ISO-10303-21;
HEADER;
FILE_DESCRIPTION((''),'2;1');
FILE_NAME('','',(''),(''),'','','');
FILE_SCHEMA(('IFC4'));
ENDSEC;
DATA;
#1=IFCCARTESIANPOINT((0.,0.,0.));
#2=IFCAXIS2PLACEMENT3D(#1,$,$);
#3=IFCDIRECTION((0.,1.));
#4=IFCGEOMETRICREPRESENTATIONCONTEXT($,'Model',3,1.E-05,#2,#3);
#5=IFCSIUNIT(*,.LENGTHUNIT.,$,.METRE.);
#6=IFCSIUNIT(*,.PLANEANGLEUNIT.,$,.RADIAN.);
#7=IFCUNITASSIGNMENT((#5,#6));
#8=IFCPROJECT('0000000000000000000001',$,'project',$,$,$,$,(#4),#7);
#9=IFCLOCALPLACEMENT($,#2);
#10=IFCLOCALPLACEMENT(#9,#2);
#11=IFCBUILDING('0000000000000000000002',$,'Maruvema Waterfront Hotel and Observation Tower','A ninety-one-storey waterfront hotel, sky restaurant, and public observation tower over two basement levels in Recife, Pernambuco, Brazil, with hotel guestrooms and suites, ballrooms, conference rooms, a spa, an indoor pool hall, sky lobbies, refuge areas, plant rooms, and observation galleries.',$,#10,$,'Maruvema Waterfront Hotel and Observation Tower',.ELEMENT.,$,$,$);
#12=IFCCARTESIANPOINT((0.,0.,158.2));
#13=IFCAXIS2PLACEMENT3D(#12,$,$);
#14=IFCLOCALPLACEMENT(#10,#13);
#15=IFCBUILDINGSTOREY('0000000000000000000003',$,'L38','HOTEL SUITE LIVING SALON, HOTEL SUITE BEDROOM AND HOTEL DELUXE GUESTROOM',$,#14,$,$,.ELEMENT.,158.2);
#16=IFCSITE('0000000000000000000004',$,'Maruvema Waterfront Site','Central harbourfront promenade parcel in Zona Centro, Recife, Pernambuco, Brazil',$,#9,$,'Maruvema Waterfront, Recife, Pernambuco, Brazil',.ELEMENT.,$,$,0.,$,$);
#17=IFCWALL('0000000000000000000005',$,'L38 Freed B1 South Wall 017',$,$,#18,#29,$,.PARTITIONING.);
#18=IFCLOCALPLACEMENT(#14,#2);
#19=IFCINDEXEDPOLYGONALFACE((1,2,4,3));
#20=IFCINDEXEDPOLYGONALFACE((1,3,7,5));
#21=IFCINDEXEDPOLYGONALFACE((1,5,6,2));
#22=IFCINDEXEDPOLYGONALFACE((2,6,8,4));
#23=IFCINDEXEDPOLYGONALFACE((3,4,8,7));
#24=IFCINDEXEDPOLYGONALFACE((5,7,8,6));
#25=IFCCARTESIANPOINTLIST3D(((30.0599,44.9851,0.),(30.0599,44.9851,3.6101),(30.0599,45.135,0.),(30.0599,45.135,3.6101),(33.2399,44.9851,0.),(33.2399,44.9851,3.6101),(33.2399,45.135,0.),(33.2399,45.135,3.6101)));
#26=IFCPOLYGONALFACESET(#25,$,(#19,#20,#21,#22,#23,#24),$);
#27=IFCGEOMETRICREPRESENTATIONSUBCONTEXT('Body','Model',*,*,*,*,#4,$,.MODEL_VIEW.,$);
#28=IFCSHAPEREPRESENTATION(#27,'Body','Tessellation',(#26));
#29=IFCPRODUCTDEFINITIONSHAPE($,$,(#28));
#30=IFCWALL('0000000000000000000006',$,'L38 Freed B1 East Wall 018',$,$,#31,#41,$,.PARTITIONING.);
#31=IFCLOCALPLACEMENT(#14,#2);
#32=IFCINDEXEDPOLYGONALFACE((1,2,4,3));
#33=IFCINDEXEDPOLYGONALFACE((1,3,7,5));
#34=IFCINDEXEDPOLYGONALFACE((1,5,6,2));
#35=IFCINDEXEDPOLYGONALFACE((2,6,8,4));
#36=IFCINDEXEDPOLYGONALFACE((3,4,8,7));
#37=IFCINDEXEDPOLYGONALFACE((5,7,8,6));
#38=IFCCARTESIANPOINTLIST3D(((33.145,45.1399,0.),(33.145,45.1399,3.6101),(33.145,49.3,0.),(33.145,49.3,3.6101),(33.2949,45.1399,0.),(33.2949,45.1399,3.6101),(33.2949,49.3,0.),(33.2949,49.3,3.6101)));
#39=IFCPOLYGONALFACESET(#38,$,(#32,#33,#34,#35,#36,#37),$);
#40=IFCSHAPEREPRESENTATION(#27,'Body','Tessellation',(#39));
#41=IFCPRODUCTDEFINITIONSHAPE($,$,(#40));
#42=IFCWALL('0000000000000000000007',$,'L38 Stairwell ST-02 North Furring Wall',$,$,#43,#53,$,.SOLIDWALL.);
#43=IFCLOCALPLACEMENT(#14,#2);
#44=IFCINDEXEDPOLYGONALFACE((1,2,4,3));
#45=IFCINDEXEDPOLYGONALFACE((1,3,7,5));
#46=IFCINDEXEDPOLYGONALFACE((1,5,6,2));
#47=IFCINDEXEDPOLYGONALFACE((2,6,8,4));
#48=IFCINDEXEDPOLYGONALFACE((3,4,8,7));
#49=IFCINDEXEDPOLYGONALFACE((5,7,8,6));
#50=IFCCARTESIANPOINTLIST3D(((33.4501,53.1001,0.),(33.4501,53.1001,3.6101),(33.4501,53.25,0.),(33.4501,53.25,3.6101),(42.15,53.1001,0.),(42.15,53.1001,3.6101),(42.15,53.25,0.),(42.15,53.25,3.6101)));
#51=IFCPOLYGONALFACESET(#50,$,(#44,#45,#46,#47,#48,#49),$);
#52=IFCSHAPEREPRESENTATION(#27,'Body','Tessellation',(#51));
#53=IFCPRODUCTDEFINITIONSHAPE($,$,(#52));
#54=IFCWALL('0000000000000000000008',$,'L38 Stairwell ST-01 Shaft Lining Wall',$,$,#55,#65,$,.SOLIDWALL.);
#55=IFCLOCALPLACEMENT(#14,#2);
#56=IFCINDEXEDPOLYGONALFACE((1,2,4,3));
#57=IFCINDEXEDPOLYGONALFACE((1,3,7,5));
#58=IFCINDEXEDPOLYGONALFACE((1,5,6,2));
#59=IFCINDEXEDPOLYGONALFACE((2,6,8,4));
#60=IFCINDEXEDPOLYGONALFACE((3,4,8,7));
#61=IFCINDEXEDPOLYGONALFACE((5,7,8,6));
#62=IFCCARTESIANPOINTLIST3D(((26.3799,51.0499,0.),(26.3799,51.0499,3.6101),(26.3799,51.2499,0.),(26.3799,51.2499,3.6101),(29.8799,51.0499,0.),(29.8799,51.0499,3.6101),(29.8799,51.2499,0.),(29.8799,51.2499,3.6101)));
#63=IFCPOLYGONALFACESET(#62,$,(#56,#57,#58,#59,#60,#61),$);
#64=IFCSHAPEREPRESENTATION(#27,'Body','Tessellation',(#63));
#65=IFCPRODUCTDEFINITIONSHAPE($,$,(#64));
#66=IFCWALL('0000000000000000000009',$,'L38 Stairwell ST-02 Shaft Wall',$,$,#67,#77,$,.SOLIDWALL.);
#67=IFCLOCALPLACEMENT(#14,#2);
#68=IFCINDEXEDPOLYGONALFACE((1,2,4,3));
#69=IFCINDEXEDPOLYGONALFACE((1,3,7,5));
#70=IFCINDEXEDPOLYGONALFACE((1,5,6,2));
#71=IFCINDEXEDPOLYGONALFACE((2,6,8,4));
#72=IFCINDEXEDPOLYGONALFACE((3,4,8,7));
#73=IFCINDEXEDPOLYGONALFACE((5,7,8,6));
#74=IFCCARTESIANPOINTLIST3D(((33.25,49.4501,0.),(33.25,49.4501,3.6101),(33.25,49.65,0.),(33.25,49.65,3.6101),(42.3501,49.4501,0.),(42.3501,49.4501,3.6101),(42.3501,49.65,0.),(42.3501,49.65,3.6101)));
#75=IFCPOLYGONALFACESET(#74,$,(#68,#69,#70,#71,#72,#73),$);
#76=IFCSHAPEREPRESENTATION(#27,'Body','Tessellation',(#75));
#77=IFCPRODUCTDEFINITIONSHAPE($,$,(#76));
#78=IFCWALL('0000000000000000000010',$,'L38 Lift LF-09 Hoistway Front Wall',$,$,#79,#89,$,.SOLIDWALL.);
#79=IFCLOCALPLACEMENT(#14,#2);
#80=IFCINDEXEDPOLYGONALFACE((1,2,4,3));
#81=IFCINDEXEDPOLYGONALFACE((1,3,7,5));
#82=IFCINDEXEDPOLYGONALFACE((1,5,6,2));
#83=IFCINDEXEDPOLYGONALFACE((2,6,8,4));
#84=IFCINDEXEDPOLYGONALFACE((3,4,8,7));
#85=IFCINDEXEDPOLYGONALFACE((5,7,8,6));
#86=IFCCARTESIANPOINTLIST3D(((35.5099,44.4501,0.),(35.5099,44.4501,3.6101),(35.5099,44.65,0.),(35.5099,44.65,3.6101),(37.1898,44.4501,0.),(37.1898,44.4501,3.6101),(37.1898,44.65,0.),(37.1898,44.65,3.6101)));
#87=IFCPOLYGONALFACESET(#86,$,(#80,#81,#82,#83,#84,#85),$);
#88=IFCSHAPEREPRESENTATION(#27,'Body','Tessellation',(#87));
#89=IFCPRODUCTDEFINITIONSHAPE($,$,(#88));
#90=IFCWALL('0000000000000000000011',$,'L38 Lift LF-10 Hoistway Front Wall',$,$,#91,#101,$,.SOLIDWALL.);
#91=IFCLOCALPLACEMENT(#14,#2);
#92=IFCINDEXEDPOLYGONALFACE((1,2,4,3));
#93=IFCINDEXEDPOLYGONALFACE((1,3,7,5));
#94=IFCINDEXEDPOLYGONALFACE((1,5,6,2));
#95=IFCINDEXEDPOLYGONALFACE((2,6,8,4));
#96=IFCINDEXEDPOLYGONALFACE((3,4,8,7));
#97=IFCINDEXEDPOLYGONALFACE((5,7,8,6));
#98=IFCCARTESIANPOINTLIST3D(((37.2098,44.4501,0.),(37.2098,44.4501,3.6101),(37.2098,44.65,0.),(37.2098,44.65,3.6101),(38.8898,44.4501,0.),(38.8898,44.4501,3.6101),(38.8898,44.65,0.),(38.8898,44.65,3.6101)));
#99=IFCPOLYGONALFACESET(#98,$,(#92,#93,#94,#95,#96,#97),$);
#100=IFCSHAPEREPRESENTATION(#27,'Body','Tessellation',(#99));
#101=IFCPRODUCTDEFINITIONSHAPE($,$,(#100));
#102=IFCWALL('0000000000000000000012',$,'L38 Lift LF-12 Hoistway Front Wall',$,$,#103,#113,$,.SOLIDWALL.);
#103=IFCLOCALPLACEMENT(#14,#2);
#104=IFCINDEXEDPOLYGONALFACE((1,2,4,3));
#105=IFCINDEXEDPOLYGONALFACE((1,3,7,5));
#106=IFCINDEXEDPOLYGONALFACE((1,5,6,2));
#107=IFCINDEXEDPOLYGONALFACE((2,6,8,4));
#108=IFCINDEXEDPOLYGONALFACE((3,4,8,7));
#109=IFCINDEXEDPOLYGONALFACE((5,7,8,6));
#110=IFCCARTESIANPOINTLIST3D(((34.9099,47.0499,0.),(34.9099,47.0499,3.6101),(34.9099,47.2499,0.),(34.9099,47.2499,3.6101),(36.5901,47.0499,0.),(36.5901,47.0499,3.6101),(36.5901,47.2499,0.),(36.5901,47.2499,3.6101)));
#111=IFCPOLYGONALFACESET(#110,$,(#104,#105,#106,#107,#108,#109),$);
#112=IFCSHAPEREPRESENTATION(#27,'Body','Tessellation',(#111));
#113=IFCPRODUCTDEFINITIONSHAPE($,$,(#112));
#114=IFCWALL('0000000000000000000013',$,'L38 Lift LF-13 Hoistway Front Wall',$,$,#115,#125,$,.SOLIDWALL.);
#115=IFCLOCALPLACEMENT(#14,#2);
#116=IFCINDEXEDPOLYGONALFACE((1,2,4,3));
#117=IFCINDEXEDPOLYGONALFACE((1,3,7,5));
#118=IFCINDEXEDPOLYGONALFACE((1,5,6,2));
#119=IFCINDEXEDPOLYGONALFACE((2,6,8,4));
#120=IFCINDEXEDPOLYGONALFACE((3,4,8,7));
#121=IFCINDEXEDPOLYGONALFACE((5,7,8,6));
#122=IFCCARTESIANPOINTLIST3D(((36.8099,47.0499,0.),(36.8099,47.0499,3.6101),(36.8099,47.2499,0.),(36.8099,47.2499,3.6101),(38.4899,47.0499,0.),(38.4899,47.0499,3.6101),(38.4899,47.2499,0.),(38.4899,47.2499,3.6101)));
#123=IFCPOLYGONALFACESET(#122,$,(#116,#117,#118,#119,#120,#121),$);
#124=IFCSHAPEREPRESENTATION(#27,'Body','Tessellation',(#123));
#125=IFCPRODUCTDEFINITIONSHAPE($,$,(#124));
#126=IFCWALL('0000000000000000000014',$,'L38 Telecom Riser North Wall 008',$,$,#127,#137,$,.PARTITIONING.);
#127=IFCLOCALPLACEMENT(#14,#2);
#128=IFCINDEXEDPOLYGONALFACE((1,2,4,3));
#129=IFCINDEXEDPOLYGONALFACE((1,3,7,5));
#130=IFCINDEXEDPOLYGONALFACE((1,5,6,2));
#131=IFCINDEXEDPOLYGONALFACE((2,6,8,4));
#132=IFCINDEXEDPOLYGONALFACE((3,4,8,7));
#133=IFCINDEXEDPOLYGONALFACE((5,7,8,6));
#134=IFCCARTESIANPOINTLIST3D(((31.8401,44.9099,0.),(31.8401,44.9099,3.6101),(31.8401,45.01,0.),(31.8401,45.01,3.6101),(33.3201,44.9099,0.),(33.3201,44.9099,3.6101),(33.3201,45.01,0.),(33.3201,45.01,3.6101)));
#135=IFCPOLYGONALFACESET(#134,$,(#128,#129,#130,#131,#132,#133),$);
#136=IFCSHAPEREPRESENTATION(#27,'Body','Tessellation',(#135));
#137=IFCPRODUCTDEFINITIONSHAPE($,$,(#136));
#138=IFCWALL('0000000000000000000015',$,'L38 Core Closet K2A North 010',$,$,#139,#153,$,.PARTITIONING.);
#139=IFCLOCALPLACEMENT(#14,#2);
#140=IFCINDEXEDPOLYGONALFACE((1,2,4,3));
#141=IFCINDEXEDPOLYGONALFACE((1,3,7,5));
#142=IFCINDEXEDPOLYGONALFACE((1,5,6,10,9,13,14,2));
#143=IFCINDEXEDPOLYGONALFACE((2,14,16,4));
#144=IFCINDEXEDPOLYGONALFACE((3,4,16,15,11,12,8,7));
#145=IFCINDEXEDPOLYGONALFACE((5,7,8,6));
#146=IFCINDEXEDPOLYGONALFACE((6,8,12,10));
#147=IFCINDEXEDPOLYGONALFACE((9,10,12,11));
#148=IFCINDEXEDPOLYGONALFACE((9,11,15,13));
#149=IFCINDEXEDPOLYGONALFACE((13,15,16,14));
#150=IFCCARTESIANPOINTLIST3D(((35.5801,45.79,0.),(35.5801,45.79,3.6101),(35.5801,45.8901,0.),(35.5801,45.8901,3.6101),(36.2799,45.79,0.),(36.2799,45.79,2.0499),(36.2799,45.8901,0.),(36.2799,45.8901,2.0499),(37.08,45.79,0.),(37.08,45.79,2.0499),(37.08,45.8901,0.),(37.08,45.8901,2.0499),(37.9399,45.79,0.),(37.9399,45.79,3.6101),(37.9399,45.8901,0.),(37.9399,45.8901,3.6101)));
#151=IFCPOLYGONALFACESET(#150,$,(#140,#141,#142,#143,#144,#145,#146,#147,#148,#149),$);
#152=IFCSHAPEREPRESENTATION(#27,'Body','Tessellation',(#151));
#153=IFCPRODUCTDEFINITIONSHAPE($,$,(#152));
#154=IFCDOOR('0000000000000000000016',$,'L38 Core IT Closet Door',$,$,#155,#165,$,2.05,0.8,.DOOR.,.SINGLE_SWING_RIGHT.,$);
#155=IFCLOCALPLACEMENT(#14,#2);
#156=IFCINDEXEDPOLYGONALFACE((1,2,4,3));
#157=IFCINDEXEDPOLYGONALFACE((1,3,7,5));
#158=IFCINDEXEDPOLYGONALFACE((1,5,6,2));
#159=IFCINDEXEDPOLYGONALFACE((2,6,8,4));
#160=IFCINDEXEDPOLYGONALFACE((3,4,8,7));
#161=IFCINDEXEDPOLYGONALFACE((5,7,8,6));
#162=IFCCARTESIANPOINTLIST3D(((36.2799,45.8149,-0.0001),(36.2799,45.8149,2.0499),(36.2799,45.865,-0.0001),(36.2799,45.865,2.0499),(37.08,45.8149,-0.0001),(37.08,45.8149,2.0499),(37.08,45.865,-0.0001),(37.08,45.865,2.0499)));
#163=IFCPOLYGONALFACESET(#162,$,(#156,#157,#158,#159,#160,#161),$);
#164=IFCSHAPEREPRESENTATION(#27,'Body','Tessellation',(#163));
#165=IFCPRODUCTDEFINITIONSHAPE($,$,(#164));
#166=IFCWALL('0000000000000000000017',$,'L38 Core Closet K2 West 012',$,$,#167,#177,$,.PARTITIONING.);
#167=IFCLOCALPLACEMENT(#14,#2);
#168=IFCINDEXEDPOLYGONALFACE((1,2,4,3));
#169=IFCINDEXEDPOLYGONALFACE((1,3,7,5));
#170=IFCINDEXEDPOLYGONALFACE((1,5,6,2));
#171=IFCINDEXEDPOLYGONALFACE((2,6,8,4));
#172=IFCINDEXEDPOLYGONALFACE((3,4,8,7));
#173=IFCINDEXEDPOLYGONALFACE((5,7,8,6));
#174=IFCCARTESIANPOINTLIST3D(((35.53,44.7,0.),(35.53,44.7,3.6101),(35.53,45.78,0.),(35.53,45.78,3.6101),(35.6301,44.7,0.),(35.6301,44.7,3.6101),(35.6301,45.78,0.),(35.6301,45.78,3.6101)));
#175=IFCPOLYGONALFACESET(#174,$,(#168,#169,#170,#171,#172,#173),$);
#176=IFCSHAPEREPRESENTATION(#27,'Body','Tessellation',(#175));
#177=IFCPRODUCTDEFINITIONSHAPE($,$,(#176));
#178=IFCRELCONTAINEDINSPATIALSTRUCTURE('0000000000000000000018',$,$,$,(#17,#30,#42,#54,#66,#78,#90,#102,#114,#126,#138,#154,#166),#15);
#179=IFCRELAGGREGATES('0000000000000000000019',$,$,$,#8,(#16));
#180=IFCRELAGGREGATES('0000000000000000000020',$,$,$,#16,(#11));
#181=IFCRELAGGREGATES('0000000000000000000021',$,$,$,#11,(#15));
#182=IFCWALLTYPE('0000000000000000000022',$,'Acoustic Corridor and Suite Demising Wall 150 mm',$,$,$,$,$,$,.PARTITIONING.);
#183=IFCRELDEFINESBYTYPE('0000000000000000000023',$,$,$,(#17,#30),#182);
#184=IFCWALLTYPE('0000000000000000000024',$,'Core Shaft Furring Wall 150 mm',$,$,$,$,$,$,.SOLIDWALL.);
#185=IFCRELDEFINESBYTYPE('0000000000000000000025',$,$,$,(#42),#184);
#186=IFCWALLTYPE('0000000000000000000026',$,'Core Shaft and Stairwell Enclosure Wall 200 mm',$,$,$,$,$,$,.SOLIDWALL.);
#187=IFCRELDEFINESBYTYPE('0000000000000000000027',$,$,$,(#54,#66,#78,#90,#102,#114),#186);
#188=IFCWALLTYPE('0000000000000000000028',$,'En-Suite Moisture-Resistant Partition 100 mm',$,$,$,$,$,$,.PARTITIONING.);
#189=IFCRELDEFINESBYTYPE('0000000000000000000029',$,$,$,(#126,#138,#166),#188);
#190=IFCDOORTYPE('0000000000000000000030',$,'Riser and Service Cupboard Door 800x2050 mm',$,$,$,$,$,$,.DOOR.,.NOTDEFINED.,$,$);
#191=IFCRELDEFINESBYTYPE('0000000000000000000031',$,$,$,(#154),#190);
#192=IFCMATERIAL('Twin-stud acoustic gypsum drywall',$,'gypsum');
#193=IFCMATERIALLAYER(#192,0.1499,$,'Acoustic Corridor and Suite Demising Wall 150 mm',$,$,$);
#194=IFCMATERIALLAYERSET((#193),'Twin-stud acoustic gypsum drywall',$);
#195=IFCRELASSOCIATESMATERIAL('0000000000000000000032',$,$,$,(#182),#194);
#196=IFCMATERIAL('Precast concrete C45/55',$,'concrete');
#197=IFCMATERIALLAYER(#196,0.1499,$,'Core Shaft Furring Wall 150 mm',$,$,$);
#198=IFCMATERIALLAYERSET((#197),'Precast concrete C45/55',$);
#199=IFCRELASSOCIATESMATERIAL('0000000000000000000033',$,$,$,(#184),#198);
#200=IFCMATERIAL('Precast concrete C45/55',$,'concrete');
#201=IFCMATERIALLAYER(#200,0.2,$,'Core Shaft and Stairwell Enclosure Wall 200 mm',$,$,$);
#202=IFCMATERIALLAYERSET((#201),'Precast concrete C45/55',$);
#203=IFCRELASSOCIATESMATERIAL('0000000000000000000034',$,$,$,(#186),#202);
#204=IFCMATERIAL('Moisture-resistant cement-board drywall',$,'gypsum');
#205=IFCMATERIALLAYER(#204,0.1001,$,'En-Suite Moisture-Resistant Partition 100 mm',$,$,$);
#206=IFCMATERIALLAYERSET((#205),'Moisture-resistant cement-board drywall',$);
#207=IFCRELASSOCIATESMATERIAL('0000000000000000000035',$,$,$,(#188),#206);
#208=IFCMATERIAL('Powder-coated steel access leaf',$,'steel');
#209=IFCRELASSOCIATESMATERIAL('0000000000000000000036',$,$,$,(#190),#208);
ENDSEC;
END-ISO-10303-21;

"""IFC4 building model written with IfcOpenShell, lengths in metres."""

from ifc_helpers import new_model, si_unit, direction, frame, frame_2d, origin, place, context, subcontext, project, spatial, rectangle, extrude, material, layer, layer_set, type_object, element, fill, save


model = new_model("IFC4")

# Units and contexts
model_context = context("Model", 3, precision=1e-05, world=origin(), true_north=direction((0.0, 1.0)))
body_context = subcontext(model_context, "Body", "Model", "MODEL_VIEW")
ifc_project = project(units=[si_unit("LENGTHUNIT", "METRE"), si_unit("PLANEANGLEUNIT", "RADIAN")], contexts=[model_context])

# Site, building, storey
site_placement = place(None, origin())
site = spatial("IfcSite", under=ifc_project, at=site_placement, Name="Maruvema Waterfront Site", Description="Central harbourfront promenade parcel in Zona Centro, Recife, Pernambuco, Brazil", LongName="Maruvema Waterfront, Recife, Pernambuco, Brazil", CompositionType="ELEMENT", RefElevation=0.0)
building_placement = place(site_placement, origin())
building = spatial("IfcBuilding", under=site, at=building_placement, Name="Maruvema Waterfront Hotel and Observation Tower", Description="A ninety-one-storey waterfront hotel, sky restaurant, and public observation tower over two basement levels in Recife, Pernambuco, Brazil, with hotel guestrooms and suites, ballrooms, conference rooms, a spa, an indoor pool hall, sky lobbies, refuge areas, plant rooms, and observation galleries.", LongName="Maruvema Waterfront Hotel and Observation Tower", CompositionType="ELEMENT")
storey_placement = place(building_placement, frame((0.0, 0.0, 158.2)))
storey = spatial("IfcBuildingStorey", under=building, at=storey_placement, Name="L38", Description="HOTEL SUITE LIVING SALON, HOTEL SUITE BEDROOM AND HOTEL DELUXE GUESTROOM", CompositionType="ELEMENT", Elevation=158.2)

# Walls
ifc_material_1 = material(Name="Twin-stud acoustic gypsum drywall", Category="gypsum")
ifc_layer_1 = layer(ifc_material_1, 0.1499, Name="Acoustic Corridor and Suite Demising Wall 150 mm")
ifc_layer_set_1 = layer_set([ifc_layer_1], Name="Twin-stud acoustic gypsum drywall")
wall_type_1 = type_object("IfcWallType", Name="Acoustic Corridor and Suite Demising Wall 150 mm", PredefinedType="PARTITIONING", material=ifc_layer_set_1)
wall_1_placement = place(storey_placement, frame((30.0601, 45.0601, 0.0), z_axis=(0.0, 0.0, 1.0), x_axis=(1.0, 0.0, 0.0)))
element("IfcWall", 1, at=wall_1_placement, inside=storey, type_object=wall_type_1, Name="L38 Freed B1 South Wall 017", PredefinedType="PARTITIONING", context=body_context, shape_type="SweptSolid", body=[
    extrude(rectangle(XDim=3.1799, YDim=0.1499, at=frame_2d((1.5898, 0.0))), origin(), (0.0, 0.0, 1.0), 3.6101),
])
wall_2_placement = place(storey_placement, frame((33.22, 45.1399, 0.0), z_axis=(0.0, 0.0, 1.0), x_axis=(0.0, 1.0, 0.0)))
element("IfcWall", 2, at=wall_2_placement, inside=storey, type_object=wall_type_1, Name="L38 Freed B1 East Wall 018", PredefinedType="PARTITIONING", context=body_context, shape_type="SweptSolid", body=[
    extrude(rectangle(XDim=4.1602, YDim=0.1499, at=frame_2d((2.0801, 0.0))), origin(), (0.0, 0.0, 1.0), 3.6101),
])
ifc_material_2 = material(Name="Precast concrete C45/55", Category="concrete")
ifc_layer_2 = layer(ifc_material_2, 0.1499, Name="Core Shaft Furring Wall 150 mm")
ifc_layer_set_2 = layer_set([ifc_layer_2], Name="Precast concrete C45/55")
wall_type_2 = type_object("IfcWallType", Name="Core Shaft Furring Wall 150 mm", PredefinedType="SOLIDWALL", material=ifc_layer_set_2)
wall_3_placement = place(storey_placement, frame((33.45, 53.175, 0.0), z_axis=(0.0, 0.0, 1.0), x_axis=(1.0, 0.0, 0.0)))
element("IfcWall", 3, at=wall_3_placement, inside=storey, type_object=wall_type_2, Name="L38 Stairwell ST-02 North Furring Wall", PredefinedType="SOLIDWALL", context=body_context, shape_type="SweptSolid", body=[
    extrude(rectangle(XDim=8.7, YDim=0.1499, at=frame_2d((4.3501, 0.0))), origin(), (0.0, 0.0, 1.0), 3.6101),
])
ifc_material_3 = material(Name="Precast concrete C45/55", Category="concrete")
ifc_layer_3 = layer(ifc_material_3, 0.2, Name="Core Shaft and Stairwell Enclosure Wall 200 mm")
ifc_layer_set_3 = layer_set([ifc_layer_3], Name="Precast concrete C45/55")
wall_type_3 = type_object("IfcWallType", Name="Core Shaft and Stairwell Enclosure Wall 200 mm", PredefinedType="SOLIDWALL", material=ifc_layer_set_3)
wall_4_placement = place(storey_placement, frame((26.3799, 51.1499, 0.0), z_axis=(0.0, 0.0, 1.0), x_axis=(1.0, 0.0, 0.0)))
element("IfcWall", 4, at=wall_4_placement, inside=storey, type_object=wall_type_3, Name="L38 Stairwell ST-01 Shaft Lining Wall", PredefinedType="SOLIDWALL", context=body_context, shape_type="SweptSolid", body=[
    extrude(rectangle(XDim=3.5, YDim=0.2, at=frame_2d((1.75, 0.0))), origin(), (0.0, 0.0, 1.0), 3.6101),
])
wall_5_placement = place(storey_placement, frame((33.25, 49.55, 0.0), z_axis=(0.0, 0.0, 1.0), x_axis=(1.0, 0.0, 0.0)))
element("IfcWall", 5, at=wall_5_placement, inside=storey, type_object=wall_type_3, Name="L38 Stairwell ST-02 Shaft Wall", PredefinedType="SOLIDWALL", context=body_context, shape_type="SweptSolid", body=[
    extrude(rectangle(XDim=9.1001, YDim=0.2, at=frame_2d((4.55, 0.0))), origin(), (0.0, 0.0, 1.0), 3.6101),
])

# Walls
for number, where, z_axis, x_axis, name in (
    (6, (35.51, 44.55, 0.0), (0.0, 0.0, 1.0), (1.0, 0.0, 0.0), "L38 Lift LF-09 Hoistway Front Wall"),
    (7, (37.21, 44.55, 0.0), (0.0, 0.0, 1.0), (1.0, 0.0, 0.0), "L38 Lift LF-10 Hoistway Front Wall"),
):
    element("IfcWall", number, at=place(storey_placement, frame(where, z_axis=z_axis, x_axis=x_axis)), inside=storey, type_object=wall_type_3, Name=name, PredefinedType="SOLIDWALL", context=body_context, shape_type="SweptSolid", body=[
        extrude(rectangle(XDim=1.6799, YDim=0.2, at=frame_2d((0.8398, 0.0))), origin(), (0.0, 0.0, 1.0), 3.6101),
    ])
wall_6_placement = place(storey_placement, frame((34.9099, 47.1499, 0.0), z_axis=(0.0, 0.0, 1.0), x_axis=(1.0, 0.0, 0.0)))
element("IfcWall", 8, at=wall_6_placement, inside=storey, type_object=wall_type_3, Name="L38 Lift LF-12 Hoistway Front Wall", PredefinedType="SOLIDWALL", context=body_context, shape_type="SweptSolid", body=[
    extrude(rectangle(XDim=1.6802, YDim=0.2, at=frame_2d((0.8401, 0.0))), origin(), (0.0, 0.0, 1.0), 3.6101),
])
wall_7_placement = place(storey_placement, frame((36.8101, 47.1499, 0.0), z_axis=(0.0, 0.0, 1.0), x_axis=(1.0, 0.0, 0.0)))
element("IfcWall", 9, at=wall_7_placement, inside=storey, type_object=wall_type_3, Name="L38 Lift LF-13 Hoistway Front Wall", PredefinedType="SOLIDWALL", context=body_context, shape_type="SweptSolid", body=[
    extrude(rectangle(XDim=1.6799, YDim=0.2, at=frame_2d((0.8398, 0.0))), origin(), (0.0, 0.0, 1.0), 3.6101),
])
ifc_material_4 = material(Name="Moisture-resistant cement-board drywall", Category="gypsum")
ifc_layer_4 = layer(ifc_material_4, 0.1001, Name="En-Suite Moisture-Resistant Partition 100 mm")
ifc_layer_set_4 = layer_set([ifc_layer_4], Name="Moisture-resistant cement-board drywall")
wall_type_4 = type_object("IfcWallType", Name="En-Suite Moisture-Resistant Partition 100 mm", PredefinedType="PARTITIONING", material=ifc_layer_set_4)
wall_8_placement = place(storey_placement, frame((31.8401, 44.96, 0.0), z_axis=(0.0, 0.0, 1.0), x_axis=(1.0, 0.0, 0.0)))
element("IfcWall", 10, at=wall_8_placement, inside=storey, type_object=wall_type_4, Name="L38 Telecom Riser North Wall 008", PredefinedType="PARTITIONING", context=body_context, shape_type="SweptSolid", body=[
    extrude(rectangle(XDim=1.48, YDim=0.1001, at=frame_2d((0.74, 0.0))), origin(), (0.0, 0.0, 1.0), 3.6101),
])

# Wall, opening, door
wall_9_placement = place(storey_placement, frame((35.5801, 45.8401, 0.0), z_axis=(0.0, 0.0, 1.0), x_axis=(1.0, 0.0, 0.0)))
wall_9 = element("IfcWall", 11, at=wall_9_placement, inside=storey, type_object=wall_type_4, Name="L38 Core Closet K2A North 010", PredefinedType="PARTITIONING", context=body_context, shape_type="SweptSolid", body=[
    extrude(rectangle(XDim=2.3599, YDim=0.1001, at=frame_2d((1.1799, 0.0))), origin(), (0.0, 0.0, 1.0), 3.6101),
])
opening_1_placement = place(wall_9_placement, frame((0.7, 0.0, 0.0)))
opening_1 = element("IfcOpeningElement", 12, at=opening_1_placement, cuts=wall_9, PredefinedType="OPENING", context=body_context, shape_type="SweptSolid", body=[
    extrude(rectangle(XDim=0.8, YDim=2.05, at=frame_2d((0.3999, 1.0249))), frame((0.0, 0.0601, 0.0), z_axis=(0.0, -1.0, 0.0), x_axis=(1.0, 0.0, 0.0)), (0.0, 0.0, 1.0), 0.1201),
])
ifc_material_5 = material(Name="Powder-coated steel access leaf", Category="steel")
door_type_1 = type_object("IfcDoorType", Name="Riser and Service Cupboard Door 800x2050 mm", OperationType="NOTDEFINED", PredefinedType="DOOR", material=ifc_material_5)
door_1_placement = place(opening_1_placement, origin())
door_1 = element("IfcDoor", 13, at=door_1_placement, inside=storey, type_object=door_type_1, Name="L38 Core IT Closet Door", OperationType="SINGLE_SWING_RIGHT", OverallHeight=2.05, OverallWidth=0.8, PredefinedType="DOOR", context=body_context, shape_type="SweptSolid", body=[
    extrude(rectangle(XDim=0.8, YDim=2.05, at=frame_2d((0.3999, 1.0249))), frame((0.0, 0.0249, 0.0), z_axis=(0.0, -1.0, 0.0), x_axis=(1.0, 0.0, 0.0)), (0.0, 0.0, 1.0), 0.05),
])
fill(opening_1, door_1)

# Wall
wall_10_placement = place(storey_placement, frame((35.5801, 44.7, 0.0), z_axis=(0.0, 0.0, 1.0), x_axis=(0.0, 1.0, 0.0)))
element("IfcWall", 14, at=wall_10_placement, inside=storey, type_object=wall_type_4, Name="L38 Core Closet K2 West 012", PredefinedType="PARTITIONING", context=body_context, shape_type="SweptSolid", body=[
    extrude(rectangle(XDim=1.0801, YDim=0.1001, at=frame_2d((0.54, 0.0))), origin(), (0.0, 0.0, 1.0), 3.6101),
])

save(model, "model.ifc")
